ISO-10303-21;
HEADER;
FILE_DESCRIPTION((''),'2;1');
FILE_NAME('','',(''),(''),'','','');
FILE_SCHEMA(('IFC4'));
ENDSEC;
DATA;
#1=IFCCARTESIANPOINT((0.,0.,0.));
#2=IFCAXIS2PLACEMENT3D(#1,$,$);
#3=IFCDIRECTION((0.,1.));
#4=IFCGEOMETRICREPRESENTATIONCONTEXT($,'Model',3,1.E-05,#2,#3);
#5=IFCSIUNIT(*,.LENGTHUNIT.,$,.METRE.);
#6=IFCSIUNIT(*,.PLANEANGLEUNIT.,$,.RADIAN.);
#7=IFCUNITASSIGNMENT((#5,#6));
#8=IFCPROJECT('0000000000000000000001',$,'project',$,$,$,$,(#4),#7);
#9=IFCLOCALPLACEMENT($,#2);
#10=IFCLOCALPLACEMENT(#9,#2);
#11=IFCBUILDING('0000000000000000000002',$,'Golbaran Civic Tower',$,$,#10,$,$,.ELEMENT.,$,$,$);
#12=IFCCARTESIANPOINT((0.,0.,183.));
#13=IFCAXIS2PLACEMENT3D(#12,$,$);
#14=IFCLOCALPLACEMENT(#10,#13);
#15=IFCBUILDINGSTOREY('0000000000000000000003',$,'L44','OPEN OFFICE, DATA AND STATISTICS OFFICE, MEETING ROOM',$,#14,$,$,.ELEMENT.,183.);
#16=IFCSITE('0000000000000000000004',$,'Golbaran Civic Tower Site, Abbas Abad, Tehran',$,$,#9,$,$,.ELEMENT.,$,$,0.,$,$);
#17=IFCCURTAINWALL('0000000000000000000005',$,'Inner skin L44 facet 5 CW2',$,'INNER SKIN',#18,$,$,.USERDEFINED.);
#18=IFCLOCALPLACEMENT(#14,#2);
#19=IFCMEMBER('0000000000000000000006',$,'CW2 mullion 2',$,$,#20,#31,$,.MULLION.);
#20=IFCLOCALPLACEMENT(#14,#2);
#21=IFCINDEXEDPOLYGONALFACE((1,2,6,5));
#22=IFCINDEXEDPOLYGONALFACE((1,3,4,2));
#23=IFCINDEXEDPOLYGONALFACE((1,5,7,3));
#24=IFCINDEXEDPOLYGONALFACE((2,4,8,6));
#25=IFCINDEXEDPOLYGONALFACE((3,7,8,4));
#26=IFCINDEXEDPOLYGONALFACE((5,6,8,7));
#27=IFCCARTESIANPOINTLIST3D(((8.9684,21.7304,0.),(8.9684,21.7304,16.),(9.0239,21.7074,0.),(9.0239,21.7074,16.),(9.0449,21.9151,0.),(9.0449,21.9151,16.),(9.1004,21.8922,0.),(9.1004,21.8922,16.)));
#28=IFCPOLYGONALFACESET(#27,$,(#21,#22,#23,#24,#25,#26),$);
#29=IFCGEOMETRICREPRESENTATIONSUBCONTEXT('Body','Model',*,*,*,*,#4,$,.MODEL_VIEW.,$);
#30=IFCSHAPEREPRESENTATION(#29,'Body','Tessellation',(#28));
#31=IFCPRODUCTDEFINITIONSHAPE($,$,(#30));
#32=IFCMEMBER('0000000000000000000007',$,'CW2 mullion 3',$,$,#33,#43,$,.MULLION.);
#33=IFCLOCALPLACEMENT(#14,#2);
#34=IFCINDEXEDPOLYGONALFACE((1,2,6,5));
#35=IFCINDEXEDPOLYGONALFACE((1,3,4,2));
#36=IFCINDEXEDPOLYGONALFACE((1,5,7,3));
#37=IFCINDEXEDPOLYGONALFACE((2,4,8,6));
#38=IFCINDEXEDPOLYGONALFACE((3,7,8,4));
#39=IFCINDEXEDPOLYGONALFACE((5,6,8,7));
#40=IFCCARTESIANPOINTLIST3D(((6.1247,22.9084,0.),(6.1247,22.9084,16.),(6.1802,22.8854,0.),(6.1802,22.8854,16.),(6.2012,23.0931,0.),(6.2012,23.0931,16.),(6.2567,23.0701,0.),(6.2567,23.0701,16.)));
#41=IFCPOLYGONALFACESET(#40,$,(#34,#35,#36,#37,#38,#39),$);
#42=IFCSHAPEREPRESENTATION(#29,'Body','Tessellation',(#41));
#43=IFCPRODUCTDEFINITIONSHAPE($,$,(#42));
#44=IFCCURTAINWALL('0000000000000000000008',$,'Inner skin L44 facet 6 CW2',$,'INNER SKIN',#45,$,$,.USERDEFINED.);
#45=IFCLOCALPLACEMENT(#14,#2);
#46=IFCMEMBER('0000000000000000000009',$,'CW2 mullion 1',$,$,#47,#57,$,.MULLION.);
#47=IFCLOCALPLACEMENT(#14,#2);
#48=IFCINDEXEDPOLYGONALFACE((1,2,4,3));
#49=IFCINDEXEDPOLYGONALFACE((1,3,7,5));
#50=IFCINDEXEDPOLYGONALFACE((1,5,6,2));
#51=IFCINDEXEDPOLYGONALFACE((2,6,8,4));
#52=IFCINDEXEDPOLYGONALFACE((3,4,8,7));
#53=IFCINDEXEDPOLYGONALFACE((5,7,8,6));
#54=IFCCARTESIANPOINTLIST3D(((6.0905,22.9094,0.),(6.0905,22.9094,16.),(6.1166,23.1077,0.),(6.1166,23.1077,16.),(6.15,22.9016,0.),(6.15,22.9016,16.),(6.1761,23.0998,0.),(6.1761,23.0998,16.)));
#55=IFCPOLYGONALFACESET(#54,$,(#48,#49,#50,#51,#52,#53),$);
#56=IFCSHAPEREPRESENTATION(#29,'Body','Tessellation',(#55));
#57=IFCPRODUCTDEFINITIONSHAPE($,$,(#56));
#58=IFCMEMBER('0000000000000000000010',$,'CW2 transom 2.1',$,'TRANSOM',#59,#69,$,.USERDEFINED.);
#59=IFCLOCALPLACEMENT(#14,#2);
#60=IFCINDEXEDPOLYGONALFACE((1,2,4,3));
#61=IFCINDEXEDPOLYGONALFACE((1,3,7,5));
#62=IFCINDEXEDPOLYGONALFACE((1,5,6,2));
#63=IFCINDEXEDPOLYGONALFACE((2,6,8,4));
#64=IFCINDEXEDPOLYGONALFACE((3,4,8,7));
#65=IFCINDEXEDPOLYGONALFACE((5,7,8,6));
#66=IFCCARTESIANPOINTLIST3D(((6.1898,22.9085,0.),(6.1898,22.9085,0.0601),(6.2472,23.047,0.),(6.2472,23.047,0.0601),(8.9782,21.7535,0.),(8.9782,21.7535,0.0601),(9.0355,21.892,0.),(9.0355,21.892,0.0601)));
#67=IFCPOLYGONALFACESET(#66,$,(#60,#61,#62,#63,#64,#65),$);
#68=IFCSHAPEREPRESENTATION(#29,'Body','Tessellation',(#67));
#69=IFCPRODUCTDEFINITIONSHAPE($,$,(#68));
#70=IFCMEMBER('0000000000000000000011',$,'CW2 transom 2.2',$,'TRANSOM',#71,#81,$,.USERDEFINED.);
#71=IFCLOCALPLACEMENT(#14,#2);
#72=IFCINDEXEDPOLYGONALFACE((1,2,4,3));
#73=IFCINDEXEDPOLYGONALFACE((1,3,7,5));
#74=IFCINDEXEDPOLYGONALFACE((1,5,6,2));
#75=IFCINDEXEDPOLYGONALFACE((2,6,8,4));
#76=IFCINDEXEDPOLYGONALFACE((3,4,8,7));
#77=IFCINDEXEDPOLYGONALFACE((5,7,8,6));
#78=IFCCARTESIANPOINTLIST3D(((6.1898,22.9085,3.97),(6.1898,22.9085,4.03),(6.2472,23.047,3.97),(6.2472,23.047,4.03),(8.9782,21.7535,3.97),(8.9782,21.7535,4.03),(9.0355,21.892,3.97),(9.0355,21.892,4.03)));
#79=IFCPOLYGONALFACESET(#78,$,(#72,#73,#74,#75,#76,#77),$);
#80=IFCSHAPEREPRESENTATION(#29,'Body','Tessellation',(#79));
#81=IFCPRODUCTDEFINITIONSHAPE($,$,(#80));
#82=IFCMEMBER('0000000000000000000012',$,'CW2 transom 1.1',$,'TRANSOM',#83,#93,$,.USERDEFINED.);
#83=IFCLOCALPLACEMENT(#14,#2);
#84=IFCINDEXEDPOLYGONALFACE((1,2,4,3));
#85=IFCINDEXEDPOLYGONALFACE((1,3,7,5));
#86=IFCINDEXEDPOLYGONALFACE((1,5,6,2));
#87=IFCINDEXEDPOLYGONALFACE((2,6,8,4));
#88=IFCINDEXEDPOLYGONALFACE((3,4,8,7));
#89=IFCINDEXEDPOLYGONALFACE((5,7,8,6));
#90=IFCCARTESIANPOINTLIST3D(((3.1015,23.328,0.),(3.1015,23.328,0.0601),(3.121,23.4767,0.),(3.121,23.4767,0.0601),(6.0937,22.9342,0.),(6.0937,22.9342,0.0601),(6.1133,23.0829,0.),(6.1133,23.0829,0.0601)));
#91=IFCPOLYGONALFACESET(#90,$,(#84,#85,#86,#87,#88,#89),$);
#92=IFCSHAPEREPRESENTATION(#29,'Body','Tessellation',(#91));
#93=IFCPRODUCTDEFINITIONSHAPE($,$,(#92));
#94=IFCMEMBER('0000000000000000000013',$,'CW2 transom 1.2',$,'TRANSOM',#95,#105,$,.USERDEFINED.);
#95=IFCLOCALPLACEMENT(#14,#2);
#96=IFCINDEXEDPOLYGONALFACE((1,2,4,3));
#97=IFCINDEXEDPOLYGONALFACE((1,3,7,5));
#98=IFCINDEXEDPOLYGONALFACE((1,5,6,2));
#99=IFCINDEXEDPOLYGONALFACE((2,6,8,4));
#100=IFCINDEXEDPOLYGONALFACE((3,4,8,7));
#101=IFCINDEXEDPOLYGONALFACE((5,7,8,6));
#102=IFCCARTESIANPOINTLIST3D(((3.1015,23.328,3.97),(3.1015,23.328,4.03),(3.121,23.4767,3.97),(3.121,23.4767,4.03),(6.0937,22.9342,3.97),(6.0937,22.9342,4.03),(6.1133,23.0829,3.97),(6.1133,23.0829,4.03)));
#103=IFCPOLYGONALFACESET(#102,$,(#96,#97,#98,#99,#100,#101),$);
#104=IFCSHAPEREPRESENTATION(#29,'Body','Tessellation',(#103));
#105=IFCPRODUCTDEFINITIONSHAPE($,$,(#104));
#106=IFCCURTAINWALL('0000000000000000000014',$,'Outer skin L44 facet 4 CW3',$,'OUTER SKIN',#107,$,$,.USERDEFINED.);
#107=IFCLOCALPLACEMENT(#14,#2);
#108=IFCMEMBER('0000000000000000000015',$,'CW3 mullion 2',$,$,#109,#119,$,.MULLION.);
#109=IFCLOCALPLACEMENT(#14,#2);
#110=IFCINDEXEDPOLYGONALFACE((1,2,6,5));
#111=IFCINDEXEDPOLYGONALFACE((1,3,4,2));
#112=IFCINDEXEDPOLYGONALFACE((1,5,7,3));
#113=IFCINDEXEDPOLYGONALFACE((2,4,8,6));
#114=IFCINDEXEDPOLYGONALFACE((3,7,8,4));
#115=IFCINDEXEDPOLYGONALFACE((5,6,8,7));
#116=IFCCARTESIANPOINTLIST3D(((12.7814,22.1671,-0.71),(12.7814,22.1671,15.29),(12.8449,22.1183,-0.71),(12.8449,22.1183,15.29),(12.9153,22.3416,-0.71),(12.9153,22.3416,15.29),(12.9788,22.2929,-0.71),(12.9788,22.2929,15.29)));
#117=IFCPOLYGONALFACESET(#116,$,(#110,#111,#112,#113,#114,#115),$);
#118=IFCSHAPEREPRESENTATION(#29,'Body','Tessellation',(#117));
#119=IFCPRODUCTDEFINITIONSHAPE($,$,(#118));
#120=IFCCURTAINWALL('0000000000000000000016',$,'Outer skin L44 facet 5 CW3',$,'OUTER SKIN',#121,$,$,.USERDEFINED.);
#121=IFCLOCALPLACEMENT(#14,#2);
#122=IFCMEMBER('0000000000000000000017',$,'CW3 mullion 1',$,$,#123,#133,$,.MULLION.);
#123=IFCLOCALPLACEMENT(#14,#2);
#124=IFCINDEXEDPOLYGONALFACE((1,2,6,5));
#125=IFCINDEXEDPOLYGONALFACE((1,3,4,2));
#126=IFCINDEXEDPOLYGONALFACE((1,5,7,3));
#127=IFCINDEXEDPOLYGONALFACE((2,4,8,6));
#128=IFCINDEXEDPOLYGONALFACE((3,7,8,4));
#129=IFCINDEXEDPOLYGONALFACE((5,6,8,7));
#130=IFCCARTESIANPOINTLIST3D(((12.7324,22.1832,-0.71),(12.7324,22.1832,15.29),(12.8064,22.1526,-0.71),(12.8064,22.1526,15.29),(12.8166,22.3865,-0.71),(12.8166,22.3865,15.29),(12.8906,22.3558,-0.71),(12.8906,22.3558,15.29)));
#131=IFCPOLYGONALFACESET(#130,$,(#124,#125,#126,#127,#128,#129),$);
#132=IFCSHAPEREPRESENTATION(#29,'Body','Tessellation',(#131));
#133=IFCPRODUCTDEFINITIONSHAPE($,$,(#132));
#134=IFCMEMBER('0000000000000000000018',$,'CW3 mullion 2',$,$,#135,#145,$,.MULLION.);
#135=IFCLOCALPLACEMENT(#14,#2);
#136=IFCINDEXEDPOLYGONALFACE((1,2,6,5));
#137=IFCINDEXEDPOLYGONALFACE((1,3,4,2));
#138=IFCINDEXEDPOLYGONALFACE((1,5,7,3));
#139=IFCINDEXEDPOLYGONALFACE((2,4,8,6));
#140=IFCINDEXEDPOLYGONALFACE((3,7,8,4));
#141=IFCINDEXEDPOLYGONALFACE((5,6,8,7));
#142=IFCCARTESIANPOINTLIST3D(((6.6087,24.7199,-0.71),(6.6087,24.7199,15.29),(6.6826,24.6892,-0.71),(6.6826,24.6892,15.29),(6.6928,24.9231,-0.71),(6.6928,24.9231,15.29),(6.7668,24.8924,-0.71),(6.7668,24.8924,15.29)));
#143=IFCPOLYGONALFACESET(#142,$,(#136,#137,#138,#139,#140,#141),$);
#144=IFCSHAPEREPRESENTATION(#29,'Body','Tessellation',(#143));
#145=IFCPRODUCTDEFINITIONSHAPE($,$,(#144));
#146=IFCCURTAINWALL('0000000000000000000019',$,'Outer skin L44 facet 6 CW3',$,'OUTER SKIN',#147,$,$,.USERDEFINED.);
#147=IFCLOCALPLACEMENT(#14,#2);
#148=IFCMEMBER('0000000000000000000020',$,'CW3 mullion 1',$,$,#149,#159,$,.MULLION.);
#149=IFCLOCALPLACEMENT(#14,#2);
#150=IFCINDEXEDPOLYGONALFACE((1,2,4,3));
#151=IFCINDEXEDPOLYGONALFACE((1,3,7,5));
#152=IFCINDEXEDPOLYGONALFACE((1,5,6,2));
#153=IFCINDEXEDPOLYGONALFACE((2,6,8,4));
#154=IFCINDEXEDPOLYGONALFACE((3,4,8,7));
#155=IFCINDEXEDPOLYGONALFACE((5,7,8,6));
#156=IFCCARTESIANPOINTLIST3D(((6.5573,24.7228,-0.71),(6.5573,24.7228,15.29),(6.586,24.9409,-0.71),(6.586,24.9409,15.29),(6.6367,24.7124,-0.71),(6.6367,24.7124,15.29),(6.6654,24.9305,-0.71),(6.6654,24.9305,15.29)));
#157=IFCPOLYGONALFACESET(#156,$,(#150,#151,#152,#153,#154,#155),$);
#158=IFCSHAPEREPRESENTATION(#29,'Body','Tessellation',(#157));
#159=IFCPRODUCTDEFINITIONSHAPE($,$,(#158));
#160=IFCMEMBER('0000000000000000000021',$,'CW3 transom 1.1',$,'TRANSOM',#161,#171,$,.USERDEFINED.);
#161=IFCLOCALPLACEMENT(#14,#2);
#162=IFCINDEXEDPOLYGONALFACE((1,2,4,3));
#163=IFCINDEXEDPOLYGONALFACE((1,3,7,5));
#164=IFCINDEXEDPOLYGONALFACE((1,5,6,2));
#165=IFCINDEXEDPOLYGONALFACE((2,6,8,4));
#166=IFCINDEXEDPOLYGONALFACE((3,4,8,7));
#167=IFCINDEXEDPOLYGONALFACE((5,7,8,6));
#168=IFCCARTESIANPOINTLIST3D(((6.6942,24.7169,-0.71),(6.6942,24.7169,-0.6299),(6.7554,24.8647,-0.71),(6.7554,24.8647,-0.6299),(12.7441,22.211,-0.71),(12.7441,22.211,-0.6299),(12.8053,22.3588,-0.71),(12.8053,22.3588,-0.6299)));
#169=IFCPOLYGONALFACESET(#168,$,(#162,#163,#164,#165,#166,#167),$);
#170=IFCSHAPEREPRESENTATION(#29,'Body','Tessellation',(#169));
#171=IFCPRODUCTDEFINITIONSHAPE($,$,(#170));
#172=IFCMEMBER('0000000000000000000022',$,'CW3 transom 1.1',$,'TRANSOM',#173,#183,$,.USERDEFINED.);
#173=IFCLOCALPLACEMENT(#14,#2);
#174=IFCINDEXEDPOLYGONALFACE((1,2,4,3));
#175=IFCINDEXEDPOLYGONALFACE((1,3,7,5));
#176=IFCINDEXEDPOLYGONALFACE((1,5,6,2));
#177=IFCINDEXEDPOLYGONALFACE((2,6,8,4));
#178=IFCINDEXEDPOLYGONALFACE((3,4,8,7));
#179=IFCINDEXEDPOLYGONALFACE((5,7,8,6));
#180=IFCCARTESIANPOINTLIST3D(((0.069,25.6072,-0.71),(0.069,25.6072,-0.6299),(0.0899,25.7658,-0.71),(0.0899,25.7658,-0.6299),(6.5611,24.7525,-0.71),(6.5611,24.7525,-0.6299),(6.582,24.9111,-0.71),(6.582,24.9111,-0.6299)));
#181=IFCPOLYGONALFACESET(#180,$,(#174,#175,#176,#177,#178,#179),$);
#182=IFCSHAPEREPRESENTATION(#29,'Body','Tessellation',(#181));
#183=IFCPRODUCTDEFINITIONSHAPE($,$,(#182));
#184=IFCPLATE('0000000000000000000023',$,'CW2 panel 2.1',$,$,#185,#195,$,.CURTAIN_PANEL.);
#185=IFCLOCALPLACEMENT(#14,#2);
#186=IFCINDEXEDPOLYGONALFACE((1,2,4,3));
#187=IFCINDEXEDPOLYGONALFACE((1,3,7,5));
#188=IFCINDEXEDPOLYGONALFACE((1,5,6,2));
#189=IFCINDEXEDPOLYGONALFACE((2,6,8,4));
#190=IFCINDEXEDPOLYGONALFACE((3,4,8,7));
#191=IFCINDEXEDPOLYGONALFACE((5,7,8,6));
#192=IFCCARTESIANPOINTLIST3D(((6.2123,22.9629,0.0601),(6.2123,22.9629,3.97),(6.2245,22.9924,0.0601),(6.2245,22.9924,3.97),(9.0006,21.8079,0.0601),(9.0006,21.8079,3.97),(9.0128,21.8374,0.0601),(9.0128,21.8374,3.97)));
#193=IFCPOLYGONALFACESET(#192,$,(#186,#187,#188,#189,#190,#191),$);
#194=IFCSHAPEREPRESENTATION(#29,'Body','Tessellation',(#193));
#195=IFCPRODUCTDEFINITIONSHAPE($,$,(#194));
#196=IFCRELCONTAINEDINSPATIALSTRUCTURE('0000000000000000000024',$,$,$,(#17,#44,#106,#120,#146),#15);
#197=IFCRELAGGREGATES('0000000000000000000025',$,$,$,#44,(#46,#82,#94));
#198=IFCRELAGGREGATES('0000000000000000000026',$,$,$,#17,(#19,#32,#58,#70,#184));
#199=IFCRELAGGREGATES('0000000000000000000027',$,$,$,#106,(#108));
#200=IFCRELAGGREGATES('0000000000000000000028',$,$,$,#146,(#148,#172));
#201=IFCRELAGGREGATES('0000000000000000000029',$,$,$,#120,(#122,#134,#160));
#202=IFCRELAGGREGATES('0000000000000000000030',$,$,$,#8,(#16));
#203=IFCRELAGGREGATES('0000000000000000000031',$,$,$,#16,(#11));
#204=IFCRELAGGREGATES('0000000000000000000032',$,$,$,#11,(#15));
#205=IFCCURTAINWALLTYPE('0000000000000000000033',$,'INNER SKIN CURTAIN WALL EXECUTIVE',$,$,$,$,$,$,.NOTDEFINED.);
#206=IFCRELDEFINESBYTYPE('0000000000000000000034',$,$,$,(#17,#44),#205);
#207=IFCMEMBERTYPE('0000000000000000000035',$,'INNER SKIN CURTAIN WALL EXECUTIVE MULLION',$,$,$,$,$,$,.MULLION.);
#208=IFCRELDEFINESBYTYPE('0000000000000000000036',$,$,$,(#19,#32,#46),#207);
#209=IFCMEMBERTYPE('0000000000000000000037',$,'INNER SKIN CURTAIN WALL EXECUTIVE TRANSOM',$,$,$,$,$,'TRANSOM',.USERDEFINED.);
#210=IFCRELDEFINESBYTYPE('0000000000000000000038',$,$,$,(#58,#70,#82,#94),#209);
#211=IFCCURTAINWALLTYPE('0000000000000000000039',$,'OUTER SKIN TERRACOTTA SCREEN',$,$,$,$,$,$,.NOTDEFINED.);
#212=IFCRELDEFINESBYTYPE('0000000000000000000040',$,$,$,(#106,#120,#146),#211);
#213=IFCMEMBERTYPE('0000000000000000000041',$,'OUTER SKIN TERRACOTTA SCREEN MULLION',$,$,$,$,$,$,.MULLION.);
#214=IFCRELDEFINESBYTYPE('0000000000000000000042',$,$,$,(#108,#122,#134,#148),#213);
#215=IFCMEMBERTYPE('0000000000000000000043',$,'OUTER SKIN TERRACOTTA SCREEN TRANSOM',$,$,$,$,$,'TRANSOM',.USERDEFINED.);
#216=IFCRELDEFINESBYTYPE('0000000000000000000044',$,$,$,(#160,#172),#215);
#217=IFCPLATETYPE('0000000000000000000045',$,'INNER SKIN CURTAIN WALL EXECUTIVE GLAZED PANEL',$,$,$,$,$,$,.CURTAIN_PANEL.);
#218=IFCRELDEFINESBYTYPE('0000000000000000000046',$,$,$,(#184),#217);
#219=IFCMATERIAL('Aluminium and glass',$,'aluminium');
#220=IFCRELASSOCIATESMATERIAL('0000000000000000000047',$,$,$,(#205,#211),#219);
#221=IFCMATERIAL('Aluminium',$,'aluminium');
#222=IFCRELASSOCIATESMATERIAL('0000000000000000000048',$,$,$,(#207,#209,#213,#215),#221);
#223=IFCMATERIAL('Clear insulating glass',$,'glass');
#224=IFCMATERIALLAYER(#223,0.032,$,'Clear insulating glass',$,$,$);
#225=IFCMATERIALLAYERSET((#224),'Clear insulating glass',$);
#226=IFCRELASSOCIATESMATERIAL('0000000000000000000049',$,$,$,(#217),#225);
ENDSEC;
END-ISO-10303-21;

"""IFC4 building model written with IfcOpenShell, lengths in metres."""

from ifc_helpers import new_model, si_unit, direction, frame, origin, origin_2d, place, context, subcontext, project, spatial, rectangle, extrude, material, layer, layer_set, material_profile, profile_set, type_object, element, aggregate, save


model = new_model("IFC4")

# Units and contexts
model_context = context("Model", 3, precision=1e-05, world=origin(), true_north=direction((0.0, 1.0)))
body_context = subcontext(model_context, "Body", "Model", "MODEL_VIEW")
ifc_project = project(units=[si_unit("LENGTHUNIT", "METRE"), si_unit("PLANEANGLEUNIT", "RADIAN")], contexts=[model_context])

# Site, building, storey
site_placement = place(None, origin())
site = spatial("IfcSite", under=ifc_project, at=site_placement, Name="Golbaran Civic Tower Site, Abbas Abad, Tehran", CompositionType="ELEMENT", RefElevation=0.0)
building_placement = place(site_placement, origin())
building = spatial("IfcBuilding", under=site, at=building_placement, Name="Golbaran Civic Tower", CompositionType="ELEMENT")
storey_placement = place(building_placement, frame((0.0, 0.0, 183.0)))
storey = spatial("IfcBuildingStorey", under=building, at=storey_placement, Name="L44", Description="OPEN OFFICE, DATA AND STATISTICS OFFICE, MEETING ROOM", CompositionType="ELEMENT", Elevation=183.0)

# Curtain wall, members
ifc_material_1 = material(Name="Aluminium and glass", Category="aluminium")
curtain_wall_type_1 = type_object("IfcCurtainWallType", Name="INNER SKIN CURTAIN WALL EXECUTIVE", PredefinedType="NOTDEFINED", material=ifc_material_1)
curtain_wall_1_placement = place(storey_placement, origin())
curtain_wall_1 = element("IfcCurtainWall", 1, at=curtain_wall_1_placement, inside=storey, type_object=curtain_wall_type_1, Name="Inner skin L44 facet 5 CW2", ObjectType="INNER SKIN", PredefinedType="USERDEFINED")
ifc_material_2 = material(Name="Aluminium", Category="aluminium")
ifc_material_profile_1 = material_profile(ifc_material_2, rectangle(XDim=0.2, YDim=0.0601, at=origin_2d()), Name="INNER SKIN CURTAIN WALL EXECUTIVE MULLION")
ifc_profile_set_1 = profile_set([ifc_material_profile_1], Name="Aluminium")
member_type_1 = type_object("IfcMemberType", Name="INNER SKIN CURTAIN WALL EXECUTIVE MULLION", PredefinedType="MULLION", material=ifc_profile_set_1)
member_1_placement = place(storey_placement, frame((9.0344, 21.8113, 0.0), z_axis=(0.0, 0.0, 1.0), x_axis=(-0.382683, -0.92388, 0.0)))
member_1 = element("IfcMember", 2, at=member_1_placement, type_object=member_type_1, Name="CW2 mullion 2", PredefinedType="MULLION", context=body_context, shape_type="SweptSolid", body=[
    extrude(rectangle(XDim=0.2, YDim=0.0601, at=origin_2d()), origin(), (0.0, 0.0, 1.0), 16.0),
])
member_2_placement = place(storey_placement, frame((6.1907, 22.9893, 0.0), z_axis=(0.0, 0.0, 1.0), x_axis=(-0.382683, -0.92388, 0.0)))
member_2 = element("IfcMember", 3, at=member_2_placement, type_object=member_type_1, Name="CW2 mullion 3", PredefinedType="MULLION", context=body_context, shape_type="SweptSolid", body=[
    extrude(rectangle(XDim=0.2, YDim=0.0601, at=origin_2d()), origin(), (0.0, 0.0, 1.0), 16.0),
])

# Curtain wall, member
curtain_wall_2_placement = place(storey_placement, origin())
curtain_wall_2 = element("IfcCurtainWall", 4, at=curtain_wall_2_placement, inside=storey, type_object=curtain_wall_type_1, Name="Inner skin L44 facet 6 CW2", ObjectType="INNER SKIN", PredefinedType="USERDEFINED")
member_3_placement = place(storey_placement, frame((6.1333, 23.0046, 0.0), z_axis=(0.0, 0.0, 1.0), x_axis=(-0.130526, -0.991445, 0.0)))
member_3 = element("IfcMember", 5, at=member_3_placement, type_object=member_type_1, Name="CW2 mullion 1", PredefinedType="MULLION", context=body_context, shape_type="SweptSolid", body=[
    extrude(rectangle(XDim=0.2, YDim=0.0601, at=origin_2d()), origin(), (0.0, 0.0, 1.0), 16.0),
])

# Members
ifc_material_profile_2 = material_profile(ifc_material_2, rectangle(XDim=0.1499, YDim=0.0601, at=origin_2d()), Name="INNER SKIN CURTAIN WALL EXECUTIVE TRANSOM")
ifc_profile_set_2 = profile_set([ifc_material_profile_2], Name="Aluminium")
member_type_2 = type_object("IfcMemberType", Name="INNER SKIN CURTAIN WALL EXECUTIVE TRANSOM", ElementType="TRANSOM", PredefinedType="USERDEFINED", material=ifc_profile_set_2)
member_4_placement = place(storey_placement, frame((9.0068, 21.8228, 0.03), z_axis=(-0.923872, 0.382702, 0.0), x_axis=(-0.382702, -0.923872, 0.0)))
member_4 = element("IfcMember", 6, at=member_4_placement, type_object=member_type_2, Name="CW2 transom 2.1", ObjectType="TRANSOM", PredefinedType="USERDEFINED", context=body_context, shape_type="SweptSolid", body=[
    extrude(rectangle(XDim=0.1499, YDim=0.0601, at=origin_2d()), origin(), (0.0, 0.0, 1.0), 3.0181),
])
member_5_placement = place(storey_placement, frame((9.0068, 21.8228, 4.0), z_axis=(-0.923872, 0.382702, 0.0), x_axis=(-0.382702, -0.923872, 0.0)))
member_5 = element("IfcMember", 7, at=member_5_placement, type_object=member_type_2, Name="CW2 transom 2.2", ObjectType="TRANSOM", PredefinedType="USERDEFINED", context=body_context, shape_type="SweptSolid", body=[
    extrude(rectangle(XDim=0.1499, YDim=0.0601, at=origin_2d()), origin(), (0.0, 0.0, 1.0), 3.0181),
])
member_6_placement = place(storey_placement, frame((6.1035, 23.0085, 0.03), z_axis=(-0.99145, 0.130484, 0.0), x_axis=(-0.130484, -0.99145, 0.0)))
member_6 = element("IfcMember", 8, at=member_6_placement, type_object=member_type_2, Name="CW2 transom 1.1", ObjectType="TRANSOM", PredefinedType="USERDEFINED", context=body_context, shape_type="SweptSolid", body=[
    extrude(rectangle(XDim=0.1499, YDim=0.0601, at=origin_2d()), origin(), (0.0, 0.0, 1.0), 3.0181),
])
member_7_placement = place(storey_placement, frame((6.1035, 23.0085, 4.0), z_axis=(-0.99145, 0.130484, 0.0), x_axis=(-0.130484, -0.99145, 0.0)))
member_7 = element("IfcMember", 9, at=member_7_placement, type_object=member_type_2, Name="CW2 transom 1.2", ObjectType="TRANSOM", PredefinedType="USERDEFINED", context=body_context, shape_type="SweptSolid", body=[
    extrude(rectangle(XDim=0.1499, YDim=0.0601, at=origin_2d()), origin(), (0.0, 0.0, 1.0), 3.0181),
])
aggregate(curtain_wall_2, [member_3, member_6, member_7])

# Curtain wall, member
curtain_wall_type_2 = type_object("IfcCurtainWallType", Name="OUTER SKIN TERRACOTTA SCREEN", PredefinedType="NOTDEFINED", material=ifc_material_1)
curtain_wall_3_placement = place(storey_placement, origin())
curtain_wall_3 = element("IfcCurtainWall", 10, at=curtain_wall_3_placement, inside=storey, type_object=curtain_wall_type_2, Name="Outer skin L44 facet 4 CW3", ObjectType="OUTER SKIN", PredefinedType="USERDEFINED")
ifc_material_profile_3 = material_profile(ifc_material_2, rectangle(XDim=0.22, YDim=0.0801, at=origin_2d()), Name="OUTER SKIN TERRACOTTA SCREEN MULLION")
ifc_profile_set_3 = profile_set([ifc_material_profile_3], Name="Aluminium")
member_type_3 = type_object("IfcMemberType", Name="OUTER SKIN TERRACOTTA SCREEN MULLION", PredefinedType="MULLION", material=ifc_profile_set_3)
member_8_placement = place(storey_placement, frame((12.8801, 22.23, -0.71), z_axis=(0.0, 0.0, 1.0), x_axis=(-0.608761, -0.793353, 0.0)))
member_8 = element("IfcMember", 11, at=member_8_placement, type_object=member_type_3, Name="CW3 mullion 2", PredefinedType="MULLION", context=body_context, shape_type="SweptSolid", body=[
    extrude(rectangle(XDim=0.22, YDim=0.0801, at=origin_2d()), origin(), (0.0, 0.0, 1.0), 16.0),
])

# Curtain wall, members
curtain_wall_4_placement = place(storey_placement, origin())
curtain_wall_4 = element("IfcCurtainWall", 12, at=curtain_wall_4_placement, inside=storey, type_object=curtain_wall_type_2, Name="Outer skin L44 facet 5 CW3", ObjectType="OUTER SKIN", PredefinedType="USERDEFINED")
member_9_placement = place(storey_placement, frame((12.8115, 22.2695, -0.71), z_axis=(0.0, 0.0, 1.0), x_axis=(-0.382683, -0.92388, 0.0)))
member_9 = element("IfcMember", 13, at=member_9_placement, type_object=member_type_3, Name="CW3 mullion 1", PredefinedType="MULLION", context=body_context, shape_type="SweptSolid", body=[
    extrude(rectangle(XDim=0.22, YDim=0.0801, at=origin_2d()), origin(), (0.0, 0.0, 1.0), 16.0),
])
member_10_placement = place(storey_placement, frame((6.6877, 24.8062, -0.71), z_axis=(0.0, 0.0, 1.0), x_axis=(-0.382683, -0.92388, 0.0)))
member_10 = element("IfcMember", 14, at=member_10_placement, type_object=member_type_3, Name="CW3 mullion 2", PredefinedType="MULLION", context=body_context, shape_type="SweptSolid", body=[
    extrude(rectangle(XDim=0.22, YDim=0.0801, at=origin_2d()), origin(), (0.0, 0.0, 1.0), 16.0),
])

# Curtain wall, member
curtain_wall_5_placement = place(storey_placement, origin())
curtain_wall_5 = element("IfcCurtainWall", 15, at=curtain_wall_5_placement, inside=storey, type_object=curtain_wall_type_2, Name="Outer skin L44 facet 6 CW3", ObjectType="OUTER SKIN", PredefinedType="USERDEFINED")
member_11_placement = place(storey_placement, frame((6.6113, 24.8267, -0.71), z_axis=(0.0, 0.0, 1.0), x_axis=(-0.130526, -0.991445, 0.0)))
member_11 = element("IfcMember", 16, at=member_11_placement, type_object=member_type_3, Name="CW3 mullion 1", PredefinedType="MULLION", context=body_context, shape_type="SweptSolid", body=[
    extrude(rectangle(XDim=0.22, YDim=0.0801, at=origin_2d()), origin(), (0.0, 0.0, 1.0), 16.0),
])

# Members
ifc_material_profile_4 = material_profile(ifc_material_2, rectangle(XDim=0.1599, YDim=0.0801, at=origin_2d()), Name="OUTER SKIN TERRACOTTA SCREEN TRANSOM")
ifc_profile_set_4 = profile_set([ifc_material_profile_4], Name="Aluminium")
member_type_4 = type_object("IfcMemberType", Name="OUTER SKIN TERRACOTTA SCREEN TRANSOM", ElementType="TRANSOM", PredefinedType="USERDEFINED", material=ifc_profile_set_4)
member_12_placement = place(storey_placement, frame((12.7747, 22.2849, -0.6699), z_axis=(-0.923882, 0.382677, 0.0), x_axis=(-0.382677, -0.923882, 0.0)))
member_12 = element("IfcMember", 17, at=member_12_placement, type_object=member_type_4, Name="CW3 transom 1.1", ObjectType="TRANSOM", PredefinedType="USERDEFINED", context=body_context, shape_type="SweptSolid", body=[
    extrude(rectangle(XDim=0.1599, YDim=0.0801, at=origin_2d()), origin(), (0.0, 0.0, 1.0), 6.5483),
])
member_13_placement = place(storey_placement, frame((6.5715, 24.8318, -0.6699), z_axis=(-0.991444, 0.13053, 0.0), x_axis=(-0.13053, -0.991444, 0.0)))
member_13 = element("IfcMember", 18, at=member_13_placement, type_object=member_type_4, Name="CW3 transom 1.1", ObjectType="TRANSOM", PredefinedType="USERDEFINED", context=body_context, shape_type="SweptSolid", body=[
    extrude(rectangle(XDim=0.1599, YDim=0.0801, at=origin_2d()), origin(), (0.0, 0.0, 1.0), 6.5481),
])

# Plate
ifc_material_3 = material(Name="Clear insulating glass", Category="glass")
ifc_layer_1 = layer(ifc_material_3, 0.032, Name="Clear insulating glass")
ifc_layer_set_1 = layer_set([ifc_layer_1], Name="Clear insulating glass")
plate_type_1 = type_object("IfcPlateType", Name="INNER SKIN CURTAIN WALL EXECUTIVE GLAZED PANEL", PredefinedType="CURTAIN_PANEL", material=ifc_layer_set_1)
plate_1_placement = place(storey_placement, frame((7.6125, 22.4001, 0.0601), z_axis=(0.0, 0.0, 1.0), x_axis=(-0.92388, 0.382683, 0.0)))
plate_1 = element("IfcPlate", 19, at=plate_1_placement, type_object=plate_type_1, Name="CW2 panel 2.1", PredefinedType="CURTAIN_PANEL", context=body_context, shape_type="SweptSolid", body=[
    extrude(rectangle(XDim=3.0181, YDim=0.032, at=origin_2d()), origin(), (0.0, 0.0, 1.0), 3.9099),
])
aggregate(curtain_wall_1, [member_1, member_2, member_4, member_5, plate_1])
aggregate(curtain_wall_3, [member_8])
aggregate(curtain_wall_5, [member_11, member_13])
aggregate(curtain_wall_4, [member_9, member_10, member_12])

save(model, "model.ifc")
